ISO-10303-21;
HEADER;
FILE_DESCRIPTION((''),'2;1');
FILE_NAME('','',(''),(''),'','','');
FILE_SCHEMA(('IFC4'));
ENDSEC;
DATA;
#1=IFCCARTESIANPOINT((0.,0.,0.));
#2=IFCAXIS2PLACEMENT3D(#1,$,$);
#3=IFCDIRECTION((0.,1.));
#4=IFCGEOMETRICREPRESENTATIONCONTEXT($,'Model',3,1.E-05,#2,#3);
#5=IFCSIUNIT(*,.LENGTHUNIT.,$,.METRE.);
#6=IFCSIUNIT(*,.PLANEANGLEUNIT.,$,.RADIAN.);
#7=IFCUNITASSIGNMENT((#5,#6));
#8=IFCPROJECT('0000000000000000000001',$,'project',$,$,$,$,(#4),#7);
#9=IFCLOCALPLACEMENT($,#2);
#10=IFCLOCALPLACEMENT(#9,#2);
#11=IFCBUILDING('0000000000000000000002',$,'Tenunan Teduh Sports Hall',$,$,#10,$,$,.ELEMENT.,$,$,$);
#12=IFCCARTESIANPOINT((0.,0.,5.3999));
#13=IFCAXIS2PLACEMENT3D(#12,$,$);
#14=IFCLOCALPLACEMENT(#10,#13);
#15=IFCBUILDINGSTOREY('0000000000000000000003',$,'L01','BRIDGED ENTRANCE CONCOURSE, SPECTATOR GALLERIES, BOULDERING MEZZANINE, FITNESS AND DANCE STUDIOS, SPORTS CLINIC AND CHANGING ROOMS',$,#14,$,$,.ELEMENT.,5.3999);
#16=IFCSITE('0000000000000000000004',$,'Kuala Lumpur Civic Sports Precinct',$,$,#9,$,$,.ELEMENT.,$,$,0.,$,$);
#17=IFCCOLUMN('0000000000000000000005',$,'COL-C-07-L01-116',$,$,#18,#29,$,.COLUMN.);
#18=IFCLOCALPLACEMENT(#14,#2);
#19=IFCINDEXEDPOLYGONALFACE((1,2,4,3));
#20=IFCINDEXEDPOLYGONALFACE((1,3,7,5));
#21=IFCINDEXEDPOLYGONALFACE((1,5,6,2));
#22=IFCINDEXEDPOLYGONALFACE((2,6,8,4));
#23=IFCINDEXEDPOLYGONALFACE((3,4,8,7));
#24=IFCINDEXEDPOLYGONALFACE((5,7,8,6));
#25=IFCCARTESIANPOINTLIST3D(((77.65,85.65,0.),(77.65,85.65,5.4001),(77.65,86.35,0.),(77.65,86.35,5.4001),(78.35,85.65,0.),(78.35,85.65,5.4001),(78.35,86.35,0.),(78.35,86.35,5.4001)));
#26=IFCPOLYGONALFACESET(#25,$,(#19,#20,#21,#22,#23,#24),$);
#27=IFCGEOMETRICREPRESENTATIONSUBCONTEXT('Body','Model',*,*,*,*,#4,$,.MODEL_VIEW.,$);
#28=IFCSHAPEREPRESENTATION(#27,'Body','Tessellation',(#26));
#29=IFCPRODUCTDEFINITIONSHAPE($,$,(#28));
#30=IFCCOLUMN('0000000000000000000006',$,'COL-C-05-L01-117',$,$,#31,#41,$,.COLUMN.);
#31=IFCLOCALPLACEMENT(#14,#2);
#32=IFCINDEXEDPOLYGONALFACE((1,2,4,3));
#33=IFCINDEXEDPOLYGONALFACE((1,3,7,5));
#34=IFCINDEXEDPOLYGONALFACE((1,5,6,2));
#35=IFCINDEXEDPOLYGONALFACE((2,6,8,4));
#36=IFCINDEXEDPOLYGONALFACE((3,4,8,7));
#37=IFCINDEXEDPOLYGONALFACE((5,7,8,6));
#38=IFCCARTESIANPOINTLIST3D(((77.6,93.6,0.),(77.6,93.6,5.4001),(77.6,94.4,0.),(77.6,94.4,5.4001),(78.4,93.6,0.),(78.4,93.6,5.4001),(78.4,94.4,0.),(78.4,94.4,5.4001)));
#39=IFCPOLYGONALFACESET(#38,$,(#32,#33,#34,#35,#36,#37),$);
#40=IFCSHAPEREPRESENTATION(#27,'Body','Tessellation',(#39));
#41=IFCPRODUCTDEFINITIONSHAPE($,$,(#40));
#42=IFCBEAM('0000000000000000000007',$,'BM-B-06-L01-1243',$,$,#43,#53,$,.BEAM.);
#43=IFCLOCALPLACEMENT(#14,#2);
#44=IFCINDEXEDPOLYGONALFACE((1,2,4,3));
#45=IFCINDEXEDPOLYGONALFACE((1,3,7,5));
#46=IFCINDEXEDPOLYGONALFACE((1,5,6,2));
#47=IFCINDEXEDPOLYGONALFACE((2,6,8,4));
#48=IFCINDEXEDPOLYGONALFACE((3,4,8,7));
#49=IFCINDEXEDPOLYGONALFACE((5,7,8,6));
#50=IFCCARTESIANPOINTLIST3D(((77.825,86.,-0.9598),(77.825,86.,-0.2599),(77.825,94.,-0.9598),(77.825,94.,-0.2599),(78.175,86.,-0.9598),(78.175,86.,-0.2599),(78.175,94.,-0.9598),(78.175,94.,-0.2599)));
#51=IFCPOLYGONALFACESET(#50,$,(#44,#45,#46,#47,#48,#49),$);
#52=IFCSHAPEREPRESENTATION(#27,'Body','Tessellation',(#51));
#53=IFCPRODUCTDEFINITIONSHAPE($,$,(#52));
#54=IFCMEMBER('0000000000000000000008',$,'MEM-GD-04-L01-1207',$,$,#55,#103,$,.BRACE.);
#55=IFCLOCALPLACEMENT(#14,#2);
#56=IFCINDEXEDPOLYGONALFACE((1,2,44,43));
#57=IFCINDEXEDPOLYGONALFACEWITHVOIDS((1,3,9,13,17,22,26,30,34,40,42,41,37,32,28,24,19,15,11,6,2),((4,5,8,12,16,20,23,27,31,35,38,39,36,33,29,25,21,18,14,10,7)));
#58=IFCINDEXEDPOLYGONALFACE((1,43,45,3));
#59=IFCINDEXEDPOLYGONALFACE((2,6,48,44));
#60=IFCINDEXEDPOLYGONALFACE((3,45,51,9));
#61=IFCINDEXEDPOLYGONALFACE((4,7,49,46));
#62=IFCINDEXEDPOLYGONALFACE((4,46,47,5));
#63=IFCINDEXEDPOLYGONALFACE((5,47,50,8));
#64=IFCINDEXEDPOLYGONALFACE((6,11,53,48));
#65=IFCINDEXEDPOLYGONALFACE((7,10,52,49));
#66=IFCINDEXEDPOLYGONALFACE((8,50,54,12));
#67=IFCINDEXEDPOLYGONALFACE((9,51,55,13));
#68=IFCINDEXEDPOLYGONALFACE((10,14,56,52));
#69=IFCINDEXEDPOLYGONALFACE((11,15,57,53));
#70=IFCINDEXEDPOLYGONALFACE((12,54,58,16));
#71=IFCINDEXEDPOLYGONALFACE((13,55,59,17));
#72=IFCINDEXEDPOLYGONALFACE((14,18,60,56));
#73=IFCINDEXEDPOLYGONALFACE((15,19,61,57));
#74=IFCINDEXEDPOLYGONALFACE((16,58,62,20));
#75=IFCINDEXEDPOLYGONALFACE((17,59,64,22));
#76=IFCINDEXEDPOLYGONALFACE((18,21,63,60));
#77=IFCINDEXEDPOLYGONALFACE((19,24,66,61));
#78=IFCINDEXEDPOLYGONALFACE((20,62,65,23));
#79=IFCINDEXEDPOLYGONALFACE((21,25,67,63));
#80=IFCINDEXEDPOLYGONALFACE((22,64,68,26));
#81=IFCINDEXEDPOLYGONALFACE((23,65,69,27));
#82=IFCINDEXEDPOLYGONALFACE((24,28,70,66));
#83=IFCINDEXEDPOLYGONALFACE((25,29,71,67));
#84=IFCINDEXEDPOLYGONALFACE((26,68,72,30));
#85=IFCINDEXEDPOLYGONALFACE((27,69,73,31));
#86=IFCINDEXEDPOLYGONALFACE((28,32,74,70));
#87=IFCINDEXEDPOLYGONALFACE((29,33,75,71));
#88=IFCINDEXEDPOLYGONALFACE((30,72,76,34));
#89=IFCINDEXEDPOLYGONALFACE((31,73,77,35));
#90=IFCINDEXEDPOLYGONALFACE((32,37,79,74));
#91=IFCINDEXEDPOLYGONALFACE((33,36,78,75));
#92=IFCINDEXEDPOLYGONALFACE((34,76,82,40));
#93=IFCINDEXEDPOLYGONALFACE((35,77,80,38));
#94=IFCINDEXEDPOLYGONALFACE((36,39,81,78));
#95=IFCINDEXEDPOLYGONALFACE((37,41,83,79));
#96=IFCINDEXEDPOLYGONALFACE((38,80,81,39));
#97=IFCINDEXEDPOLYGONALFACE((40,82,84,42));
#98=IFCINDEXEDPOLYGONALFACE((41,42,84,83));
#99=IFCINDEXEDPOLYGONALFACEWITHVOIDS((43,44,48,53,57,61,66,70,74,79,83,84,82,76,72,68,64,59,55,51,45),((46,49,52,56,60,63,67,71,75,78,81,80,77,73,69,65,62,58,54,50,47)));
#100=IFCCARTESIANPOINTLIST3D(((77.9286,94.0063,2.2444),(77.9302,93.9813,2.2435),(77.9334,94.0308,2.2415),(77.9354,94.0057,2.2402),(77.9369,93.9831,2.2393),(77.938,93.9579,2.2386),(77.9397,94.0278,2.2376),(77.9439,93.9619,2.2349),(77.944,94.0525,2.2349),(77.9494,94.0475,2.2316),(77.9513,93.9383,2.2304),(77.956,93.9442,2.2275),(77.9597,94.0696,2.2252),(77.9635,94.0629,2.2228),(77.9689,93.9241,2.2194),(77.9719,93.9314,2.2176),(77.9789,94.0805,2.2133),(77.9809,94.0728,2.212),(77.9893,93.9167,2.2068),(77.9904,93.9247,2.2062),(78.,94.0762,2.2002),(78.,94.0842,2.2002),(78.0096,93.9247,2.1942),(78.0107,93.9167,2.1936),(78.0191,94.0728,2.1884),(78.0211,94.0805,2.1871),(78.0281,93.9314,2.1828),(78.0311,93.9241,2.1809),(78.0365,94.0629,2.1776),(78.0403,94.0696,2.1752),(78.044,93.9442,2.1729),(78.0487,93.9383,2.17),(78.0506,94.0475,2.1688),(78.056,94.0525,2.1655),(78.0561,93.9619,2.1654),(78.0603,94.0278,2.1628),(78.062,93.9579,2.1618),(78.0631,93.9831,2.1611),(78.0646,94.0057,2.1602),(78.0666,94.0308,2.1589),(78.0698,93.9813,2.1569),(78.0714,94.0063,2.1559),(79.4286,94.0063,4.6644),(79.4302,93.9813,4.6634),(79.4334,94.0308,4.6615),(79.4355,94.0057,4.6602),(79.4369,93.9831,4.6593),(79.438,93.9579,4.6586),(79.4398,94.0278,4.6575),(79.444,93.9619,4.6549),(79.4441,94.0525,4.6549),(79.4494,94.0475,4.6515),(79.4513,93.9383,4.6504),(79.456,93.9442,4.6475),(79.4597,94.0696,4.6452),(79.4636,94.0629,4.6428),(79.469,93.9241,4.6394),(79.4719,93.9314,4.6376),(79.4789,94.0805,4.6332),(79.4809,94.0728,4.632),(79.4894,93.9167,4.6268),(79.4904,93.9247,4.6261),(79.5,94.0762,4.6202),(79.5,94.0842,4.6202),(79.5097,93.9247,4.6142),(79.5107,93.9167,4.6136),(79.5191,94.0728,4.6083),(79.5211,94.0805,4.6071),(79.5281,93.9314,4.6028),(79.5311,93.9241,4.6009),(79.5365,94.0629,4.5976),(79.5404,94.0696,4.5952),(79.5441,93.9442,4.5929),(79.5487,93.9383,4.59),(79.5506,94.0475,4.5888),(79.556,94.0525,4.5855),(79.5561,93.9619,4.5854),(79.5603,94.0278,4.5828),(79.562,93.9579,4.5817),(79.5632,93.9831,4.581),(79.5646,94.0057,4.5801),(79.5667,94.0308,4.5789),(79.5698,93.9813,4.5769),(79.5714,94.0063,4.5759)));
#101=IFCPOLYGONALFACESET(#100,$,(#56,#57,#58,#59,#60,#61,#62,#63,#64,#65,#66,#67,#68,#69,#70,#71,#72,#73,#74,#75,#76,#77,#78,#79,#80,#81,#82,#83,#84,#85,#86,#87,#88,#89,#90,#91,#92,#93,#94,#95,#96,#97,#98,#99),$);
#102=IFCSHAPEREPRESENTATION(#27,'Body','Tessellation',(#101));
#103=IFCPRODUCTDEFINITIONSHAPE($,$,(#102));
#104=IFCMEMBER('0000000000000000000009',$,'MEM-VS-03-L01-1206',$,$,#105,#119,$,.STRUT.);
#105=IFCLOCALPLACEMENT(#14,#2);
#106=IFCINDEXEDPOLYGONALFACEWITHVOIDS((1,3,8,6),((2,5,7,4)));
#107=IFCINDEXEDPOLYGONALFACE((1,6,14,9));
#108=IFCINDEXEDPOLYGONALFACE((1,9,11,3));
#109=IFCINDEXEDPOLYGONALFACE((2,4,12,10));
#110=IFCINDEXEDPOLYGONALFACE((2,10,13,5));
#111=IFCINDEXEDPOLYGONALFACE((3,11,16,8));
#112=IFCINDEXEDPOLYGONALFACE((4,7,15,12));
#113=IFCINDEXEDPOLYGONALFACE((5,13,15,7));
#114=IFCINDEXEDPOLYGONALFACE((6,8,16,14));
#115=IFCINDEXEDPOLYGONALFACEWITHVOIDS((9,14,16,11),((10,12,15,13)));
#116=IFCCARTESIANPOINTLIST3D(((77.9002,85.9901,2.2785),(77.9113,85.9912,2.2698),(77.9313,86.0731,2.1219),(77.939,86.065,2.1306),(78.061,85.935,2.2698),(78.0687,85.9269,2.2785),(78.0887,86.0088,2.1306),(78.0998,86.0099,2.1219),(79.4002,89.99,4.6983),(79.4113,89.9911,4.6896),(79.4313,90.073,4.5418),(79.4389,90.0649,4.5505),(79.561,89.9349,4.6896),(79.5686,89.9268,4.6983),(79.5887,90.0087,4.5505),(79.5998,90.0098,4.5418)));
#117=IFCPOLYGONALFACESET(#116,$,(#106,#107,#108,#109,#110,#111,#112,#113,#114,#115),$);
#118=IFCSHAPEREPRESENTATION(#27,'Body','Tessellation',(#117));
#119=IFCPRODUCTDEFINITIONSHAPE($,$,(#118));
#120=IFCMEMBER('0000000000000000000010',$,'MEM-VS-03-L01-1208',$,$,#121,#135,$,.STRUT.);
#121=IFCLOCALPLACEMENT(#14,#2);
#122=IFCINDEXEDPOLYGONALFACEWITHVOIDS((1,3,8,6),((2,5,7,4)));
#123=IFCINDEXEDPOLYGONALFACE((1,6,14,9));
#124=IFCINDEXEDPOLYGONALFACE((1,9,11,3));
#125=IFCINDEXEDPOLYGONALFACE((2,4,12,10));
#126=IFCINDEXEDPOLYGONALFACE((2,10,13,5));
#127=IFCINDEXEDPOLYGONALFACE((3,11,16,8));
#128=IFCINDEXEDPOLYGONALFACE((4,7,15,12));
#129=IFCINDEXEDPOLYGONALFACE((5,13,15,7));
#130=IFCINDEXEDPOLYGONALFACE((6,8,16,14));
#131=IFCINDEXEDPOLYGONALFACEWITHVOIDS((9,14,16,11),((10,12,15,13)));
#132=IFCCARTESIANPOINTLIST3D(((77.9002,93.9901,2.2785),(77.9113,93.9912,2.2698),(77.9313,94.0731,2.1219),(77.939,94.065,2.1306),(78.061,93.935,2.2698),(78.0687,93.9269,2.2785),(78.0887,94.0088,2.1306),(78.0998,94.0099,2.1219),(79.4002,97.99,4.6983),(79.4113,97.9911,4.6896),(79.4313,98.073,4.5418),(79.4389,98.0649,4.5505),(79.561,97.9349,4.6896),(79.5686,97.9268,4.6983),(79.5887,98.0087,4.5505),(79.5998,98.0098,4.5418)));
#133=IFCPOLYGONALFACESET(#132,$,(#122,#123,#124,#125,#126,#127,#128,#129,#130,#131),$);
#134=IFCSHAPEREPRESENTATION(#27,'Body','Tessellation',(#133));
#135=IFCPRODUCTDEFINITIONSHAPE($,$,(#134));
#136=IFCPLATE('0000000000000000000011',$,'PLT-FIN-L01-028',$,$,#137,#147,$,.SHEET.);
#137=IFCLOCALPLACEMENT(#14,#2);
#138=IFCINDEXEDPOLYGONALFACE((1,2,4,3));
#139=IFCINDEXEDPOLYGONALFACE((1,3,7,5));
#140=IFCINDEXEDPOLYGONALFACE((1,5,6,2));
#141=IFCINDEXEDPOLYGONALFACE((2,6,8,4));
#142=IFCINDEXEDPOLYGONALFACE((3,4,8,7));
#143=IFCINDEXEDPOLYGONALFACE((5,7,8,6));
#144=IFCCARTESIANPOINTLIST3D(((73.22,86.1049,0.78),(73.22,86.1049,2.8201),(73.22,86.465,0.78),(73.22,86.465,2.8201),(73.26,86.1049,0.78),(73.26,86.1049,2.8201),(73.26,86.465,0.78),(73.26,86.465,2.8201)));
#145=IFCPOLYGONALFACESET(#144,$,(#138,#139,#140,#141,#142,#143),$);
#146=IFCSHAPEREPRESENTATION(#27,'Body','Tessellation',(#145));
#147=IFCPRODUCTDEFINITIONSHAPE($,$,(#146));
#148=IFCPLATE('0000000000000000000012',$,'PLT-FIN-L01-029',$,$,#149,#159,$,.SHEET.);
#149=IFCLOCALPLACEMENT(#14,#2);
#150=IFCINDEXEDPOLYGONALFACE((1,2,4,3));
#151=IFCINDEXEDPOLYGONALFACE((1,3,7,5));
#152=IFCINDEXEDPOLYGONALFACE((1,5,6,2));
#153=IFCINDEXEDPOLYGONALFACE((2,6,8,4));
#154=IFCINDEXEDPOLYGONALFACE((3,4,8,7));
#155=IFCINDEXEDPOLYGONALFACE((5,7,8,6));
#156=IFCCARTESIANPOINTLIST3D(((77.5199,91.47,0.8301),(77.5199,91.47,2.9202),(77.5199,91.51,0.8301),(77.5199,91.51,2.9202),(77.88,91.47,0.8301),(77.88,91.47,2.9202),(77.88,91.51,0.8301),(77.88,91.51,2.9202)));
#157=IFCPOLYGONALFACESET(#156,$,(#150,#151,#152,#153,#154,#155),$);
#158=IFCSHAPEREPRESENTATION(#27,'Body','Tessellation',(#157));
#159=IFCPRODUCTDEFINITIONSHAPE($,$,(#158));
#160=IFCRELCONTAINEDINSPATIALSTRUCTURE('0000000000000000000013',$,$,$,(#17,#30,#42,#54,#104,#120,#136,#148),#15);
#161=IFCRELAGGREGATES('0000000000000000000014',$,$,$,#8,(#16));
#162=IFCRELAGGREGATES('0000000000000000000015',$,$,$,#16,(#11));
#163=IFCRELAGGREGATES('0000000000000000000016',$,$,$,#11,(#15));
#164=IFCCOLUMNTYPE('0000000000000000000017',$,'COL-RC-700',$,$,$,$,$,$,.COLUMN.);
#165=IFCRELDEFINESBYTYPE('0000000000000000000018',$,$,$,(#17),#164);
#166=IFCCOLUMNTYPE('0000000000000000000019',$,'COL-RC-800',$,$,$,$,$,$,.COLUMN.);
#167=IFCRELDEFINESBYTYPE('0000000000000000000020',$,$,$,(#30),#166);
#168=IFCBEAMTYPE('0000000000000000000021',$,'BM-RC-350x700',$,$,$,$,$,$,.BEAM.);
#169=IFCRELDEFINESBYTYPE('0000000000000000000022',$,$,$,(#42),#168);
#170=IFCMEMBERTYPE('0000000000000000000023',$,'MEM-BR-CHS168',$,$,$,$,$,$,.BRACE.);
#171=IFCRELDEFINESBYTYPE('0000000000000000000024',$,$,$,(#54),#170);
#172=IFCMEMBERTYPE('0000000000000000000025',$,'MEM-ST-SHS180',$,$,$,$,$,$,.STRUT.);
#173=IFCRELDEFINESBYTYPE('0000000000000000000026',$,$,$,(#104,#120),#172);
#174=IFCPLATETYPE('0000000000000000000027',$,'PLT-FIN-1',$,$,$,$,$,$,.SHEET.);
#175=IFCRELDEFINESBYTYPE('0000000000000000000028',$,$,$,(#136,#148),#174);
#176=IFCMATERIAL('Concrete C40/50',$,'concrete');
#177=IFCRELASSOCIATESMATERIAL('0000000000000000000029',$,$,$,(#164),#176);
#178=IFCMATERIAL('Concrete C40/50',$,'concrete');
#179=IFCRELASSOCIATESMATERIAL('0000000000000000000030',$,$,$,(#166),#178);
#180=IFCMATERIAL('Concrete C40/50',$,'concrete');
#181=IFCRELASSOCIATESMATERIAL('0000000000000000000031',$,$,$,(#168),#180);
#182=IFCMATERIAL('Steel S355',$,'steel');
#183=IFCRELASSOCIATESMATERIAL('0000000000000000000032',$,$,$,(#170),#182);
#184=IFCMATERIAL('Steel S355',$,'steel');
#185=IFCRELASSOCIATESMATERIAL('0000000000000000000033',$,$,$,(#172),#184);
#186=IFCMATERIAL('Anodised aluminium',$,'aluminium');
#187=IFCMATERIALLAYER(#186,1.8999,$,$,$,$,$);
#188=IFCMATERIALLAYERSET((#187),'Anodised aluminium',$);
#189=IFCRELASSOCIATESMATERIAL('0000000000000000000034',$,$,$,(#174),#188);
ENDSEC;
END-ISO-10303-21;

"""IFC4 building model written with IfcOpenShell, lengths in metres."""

from ifc_helpers import new_model, si_unit, direction, frame, origin, origin_2d, place, context, subcontext, project, spatial, rectangle, hollow_rectangle, hollow_circle, extrude, material, layer, layer_set, material_profile, profile_set, type_object, element, save


model = new_model("IFC4")

# Units and contexts
model_context = context("Model", 3, precision=1e-05, world=origin(), true_north=direction((0.0, 1.0)))
body_context = subcontext(model_context, "Body", "Model", "MODEL_VIEW")
ifc_project = project(units=[si_unit("LENGTHUNIT", "METRE"), si_unit("PLANEANGLEUNIT", "RADIAN")], contexts=[model_context])

# Site, building, storey
site_placement = place(None, origin())
site = spatial("IfcSite", under=ifc_project, at=site_placement, Name="Kuala Lumpur Civic Sports Precinct", CompositionType="ELEMENT", RefElevation=0.0)
building_placement = place(site_placement, origin())
building = spatial("IfcBuilding", under=site, at=building_placement, Name="Tenunan Teduh Sports Hall", CompositionType="ELEMENT")
storey_placement = place(building_placement, frame((0.0, 0.0, 5.3999)))
storey = spatial("IfcBuildingStorey", under=building, at=storey_placement, Name="L01", Description="BRIDGED ENTRANCE CONCOURSE, SPECTATOR GALLERIES, BOULDERING MEZZANINE, FITNESS AND DANCE STUDIOS, SPORTS CLINIC AND CHANGING ROOMS", CompositionType="ELEMENT", Elevation=5.3999)

# Columns
ifc_material_1 = material(Name="Concrete C40/50", Category="concrete")
ifc_material_profile_1 = material_profile(ifc_material_1, rectangle(XDim=0.7, YDim=0.7, at=origin_2d()), Name="RC 700x700")
ifc_profile_set_1 = profile_set([ifc_material_profile_1], Name="Concrete C40/50")
column_type_1 = type_object("IfcColumnType", Name="COL-RC-700", PredefinedType="COLUMN", material=ifc_profile_set_1)
column_1_placement = place(storey_placement, frame((78.0, 86.0, 0.0), z_axis=(0.0, 0.0, 1.0), x_axis=(1.0, 0.0, 0.0)))
element("IfcColumn", 1, at=column_1_placement, inside=storey, type_object=column_type_1, Name="COL-C-07-L01-116", PredefinedType="COLUMN", context=body_context, shape_type="SweptSolid", body=[
    extrude(rectangle(XDim=0.7, YDim=0.7, at=origin_2d()), origin(), (0.0, 0.0, 1.0), 5.4001),
])
ifc_material_2 = material(Name="Concrete C40/50", Category="concrete")
ifc_material_profile_2 = material_profile(ifc_material_2, rectangle(XDim=0.8, YDim=0.8, at=origin_2d()), Name="RC 800x800")
ifc_profile_set_2 = profile_set([ifc_material_profile_2], Name="Concrete C40/50")
column_type_2 = type_object("IfcColumnType", Name="COL-RC-800", PredefinedType="COLUMN", material=ifc_profile_set_2)
column_2_placement = place(storey_placement, frame((78.0, 94.0, 0.0), z_axis=(0.0, 0.0, 1.0), x_axis=(1.0, 0.0, 0.0)))
element("IfcColumn", 2, at=column_2_placement, inside=storey, type_object=column_type_2, Name="COL-C-05-L01-117", PredefinedType="COLUMN", context=body_context, shape_type="SweptSolid", body=[
    extrude(rectangle(XDim=0.8, YDim=0.8, at=origin_2d()), origin(), (0.0, 0.0, 1.0), 5.4001),
])

# Beam
ifc_material_3 = material(Name="Concrete C40/50", Category="concrete")
ifc_material_profile_3 = material_profile(ifc_material_3, rectangle(XDim=0.3501, YDim=0.7, at=origin_2d()), Name="RCB 350x700")
ifc_profile_set_3 = profile_set([ifc_material_profile_3], Name="Concrete C40/50")
beam_type = type_object("IfcBeamType", Name="BM-RC-350x700", PredefinedType="BEAM", material=ifc_profile_set_3)
beam_placement = place(storey_placement, frame((78.0, 86.0, -0.6099), z_axis=(0.0, 1.0, 0.0), x_axis=(-1.0, 0.0, 0.0)))
element("IfcBeam", 3, at=beam_placement, inside=storey, type_object=beam_type, Name="BM-B-06-L01-1243", PredefinedType="BEAM", context=body_context, shape_type="SweptSolid", body=[
    extrude(rectangle(XDim=0.3501, YDim=0.7, at=origin_2d()), origin(), (0.0, 0.0, 1.0), 8.0),
])

# Members
ifc_material_4 = material(Name="Steel S355", Category="steel")
ifc_material_profile_4 = material_profile(ifc_material_4, hollow_circle(Radius=0.0842, WallThickness=0.0081, at=origin_2d()), Name="CHS 168.3x8.0")
ifc_profile_set_4 = profile_set([ifc_material_profile_4], Name="Steel S355")
member_type_1 = type_object("IfcMemberType", Name="MEM-BR-CHS168", PredefinedType="BRACE", material=ifc_profile_set_4)
member_placement = place(storey_placement, frame((78.0, 94.0, 2.2002), z_axis=(0.52685, 0.0, 0.849958), x_axis=(0.0, 1.0, 0.0)))
element("IfcMember", 4, at=member_placement, inside=storey, type_object=member_type_1, Name="MEM-GD-04-L01-1207", PredefinedType="BRACE", context=body_context, shape_type="SweptSolid", body=[
    extrude(hollow_circle(Radius=0.0842, WallThickness=0.0081, at=origin_2d()), origin(), (0.0, 0.0, 1.0), 2.8472),
])
ifc_material_5 = material(Name="Steel S355", Category="steel")
ifc_material_profile_5 = material_profile(ifc_material_5, hollow_rectangle(XDim=0.1799, YDim=0.1799, WallThickness=0.01, at=origin_2d()), Name="SHS 180x180x10.0")
ifc_profile_set_5 = profile_set([ifc_material_profile_5], Name="Steel S355")
member_type_2 = type_object("IfcMemberType", Name="MEM-ST-SHS180", PredefinedType="STRUT", material=ifc_profile_set_5)
for number, where, z_axis, x_axis, name in (
    (5, (78.0, 86.0, 2.2002), (0.305512, 0.814699, 0.492877), (-0.936329, 0.351123, 0.0), "MEM-VS-03-L01-1206"),
    (6, (78.0, 94.0, 2.2002), (0.305512, 0.814699, 0.492877), (-0.936329, 0.351123, 0.0), "MEM-VS-03-L01-1208"),
):
    element("IfcMember", number, at=place(storey_placement, frame(where, z_axis=z_axis, x_axis=x_axis)), inside=storey, type_object=member_type_2, Name=name, PredefinedType="STRUT", context=body_context, shape_type="SweptSolid", body=[
        extrude(hollow_rectangle(XDim=0.1799, YDim=0.1799, WallThickness=0.01, at=origin_2d()), origin(), (0.0, 0.0, 1.0), 4.9097),
    ])

# Plates
ifc_material_6 = material(Name="Anodised aluminium", Category="aluminium")
ifc_layer_1 = layer(ifc_material_6, 1.8999)
ifc_layer_set_1 = layer_set([ifc_layer_1], Name="Anodised aluminium")
plate_type = type_object("IfcPlateType", Name="PLT-FIN-1", PredefinedType="SHEET", material=ifc_layer_set_1)
plate_1_placement = place(storey_placement, frame((73.24, 86.2849, 0.78), z_axis=(0.0, 0.0, 1.0), x_axis=(1.0, 0.0, 0.0)))
element("IfcPlate", 7, at=plate_1_placement, inside=storey, type_object=plate_type, Name="PLT-FIN-L01-028", PredefinedType="SHEET", context=body_context, shape_type="SweptSolid", body=[
    extrude(rectangle(XDim=0.04, YDim=0.3601, at=origin_2d()), origin(), (0.0, 0.0, 1.0), 2.04),
])
plate_2_placement = place(storey_placement, frame((77.7, 91.49, 0.8301), z_axis=(0.0, 0.0, 1.0), x_axis=(0.0, 1.0, 0.0)))
element("IfcPlate", 8, at=plate_2_placement, inside=storey, type_object=plate_type, Name="PLT-FIN-L01-029", PredefinedType="SHEET", context=body_context, shape_type="SweptSolid", body=[
    extrude(rectangle(XDim=0.04, YDim=0.3601, at=origin_2d()), origin(), (0.0, 0.0, 1.0), 2.0901),
])

save(model, "model.ifc")
